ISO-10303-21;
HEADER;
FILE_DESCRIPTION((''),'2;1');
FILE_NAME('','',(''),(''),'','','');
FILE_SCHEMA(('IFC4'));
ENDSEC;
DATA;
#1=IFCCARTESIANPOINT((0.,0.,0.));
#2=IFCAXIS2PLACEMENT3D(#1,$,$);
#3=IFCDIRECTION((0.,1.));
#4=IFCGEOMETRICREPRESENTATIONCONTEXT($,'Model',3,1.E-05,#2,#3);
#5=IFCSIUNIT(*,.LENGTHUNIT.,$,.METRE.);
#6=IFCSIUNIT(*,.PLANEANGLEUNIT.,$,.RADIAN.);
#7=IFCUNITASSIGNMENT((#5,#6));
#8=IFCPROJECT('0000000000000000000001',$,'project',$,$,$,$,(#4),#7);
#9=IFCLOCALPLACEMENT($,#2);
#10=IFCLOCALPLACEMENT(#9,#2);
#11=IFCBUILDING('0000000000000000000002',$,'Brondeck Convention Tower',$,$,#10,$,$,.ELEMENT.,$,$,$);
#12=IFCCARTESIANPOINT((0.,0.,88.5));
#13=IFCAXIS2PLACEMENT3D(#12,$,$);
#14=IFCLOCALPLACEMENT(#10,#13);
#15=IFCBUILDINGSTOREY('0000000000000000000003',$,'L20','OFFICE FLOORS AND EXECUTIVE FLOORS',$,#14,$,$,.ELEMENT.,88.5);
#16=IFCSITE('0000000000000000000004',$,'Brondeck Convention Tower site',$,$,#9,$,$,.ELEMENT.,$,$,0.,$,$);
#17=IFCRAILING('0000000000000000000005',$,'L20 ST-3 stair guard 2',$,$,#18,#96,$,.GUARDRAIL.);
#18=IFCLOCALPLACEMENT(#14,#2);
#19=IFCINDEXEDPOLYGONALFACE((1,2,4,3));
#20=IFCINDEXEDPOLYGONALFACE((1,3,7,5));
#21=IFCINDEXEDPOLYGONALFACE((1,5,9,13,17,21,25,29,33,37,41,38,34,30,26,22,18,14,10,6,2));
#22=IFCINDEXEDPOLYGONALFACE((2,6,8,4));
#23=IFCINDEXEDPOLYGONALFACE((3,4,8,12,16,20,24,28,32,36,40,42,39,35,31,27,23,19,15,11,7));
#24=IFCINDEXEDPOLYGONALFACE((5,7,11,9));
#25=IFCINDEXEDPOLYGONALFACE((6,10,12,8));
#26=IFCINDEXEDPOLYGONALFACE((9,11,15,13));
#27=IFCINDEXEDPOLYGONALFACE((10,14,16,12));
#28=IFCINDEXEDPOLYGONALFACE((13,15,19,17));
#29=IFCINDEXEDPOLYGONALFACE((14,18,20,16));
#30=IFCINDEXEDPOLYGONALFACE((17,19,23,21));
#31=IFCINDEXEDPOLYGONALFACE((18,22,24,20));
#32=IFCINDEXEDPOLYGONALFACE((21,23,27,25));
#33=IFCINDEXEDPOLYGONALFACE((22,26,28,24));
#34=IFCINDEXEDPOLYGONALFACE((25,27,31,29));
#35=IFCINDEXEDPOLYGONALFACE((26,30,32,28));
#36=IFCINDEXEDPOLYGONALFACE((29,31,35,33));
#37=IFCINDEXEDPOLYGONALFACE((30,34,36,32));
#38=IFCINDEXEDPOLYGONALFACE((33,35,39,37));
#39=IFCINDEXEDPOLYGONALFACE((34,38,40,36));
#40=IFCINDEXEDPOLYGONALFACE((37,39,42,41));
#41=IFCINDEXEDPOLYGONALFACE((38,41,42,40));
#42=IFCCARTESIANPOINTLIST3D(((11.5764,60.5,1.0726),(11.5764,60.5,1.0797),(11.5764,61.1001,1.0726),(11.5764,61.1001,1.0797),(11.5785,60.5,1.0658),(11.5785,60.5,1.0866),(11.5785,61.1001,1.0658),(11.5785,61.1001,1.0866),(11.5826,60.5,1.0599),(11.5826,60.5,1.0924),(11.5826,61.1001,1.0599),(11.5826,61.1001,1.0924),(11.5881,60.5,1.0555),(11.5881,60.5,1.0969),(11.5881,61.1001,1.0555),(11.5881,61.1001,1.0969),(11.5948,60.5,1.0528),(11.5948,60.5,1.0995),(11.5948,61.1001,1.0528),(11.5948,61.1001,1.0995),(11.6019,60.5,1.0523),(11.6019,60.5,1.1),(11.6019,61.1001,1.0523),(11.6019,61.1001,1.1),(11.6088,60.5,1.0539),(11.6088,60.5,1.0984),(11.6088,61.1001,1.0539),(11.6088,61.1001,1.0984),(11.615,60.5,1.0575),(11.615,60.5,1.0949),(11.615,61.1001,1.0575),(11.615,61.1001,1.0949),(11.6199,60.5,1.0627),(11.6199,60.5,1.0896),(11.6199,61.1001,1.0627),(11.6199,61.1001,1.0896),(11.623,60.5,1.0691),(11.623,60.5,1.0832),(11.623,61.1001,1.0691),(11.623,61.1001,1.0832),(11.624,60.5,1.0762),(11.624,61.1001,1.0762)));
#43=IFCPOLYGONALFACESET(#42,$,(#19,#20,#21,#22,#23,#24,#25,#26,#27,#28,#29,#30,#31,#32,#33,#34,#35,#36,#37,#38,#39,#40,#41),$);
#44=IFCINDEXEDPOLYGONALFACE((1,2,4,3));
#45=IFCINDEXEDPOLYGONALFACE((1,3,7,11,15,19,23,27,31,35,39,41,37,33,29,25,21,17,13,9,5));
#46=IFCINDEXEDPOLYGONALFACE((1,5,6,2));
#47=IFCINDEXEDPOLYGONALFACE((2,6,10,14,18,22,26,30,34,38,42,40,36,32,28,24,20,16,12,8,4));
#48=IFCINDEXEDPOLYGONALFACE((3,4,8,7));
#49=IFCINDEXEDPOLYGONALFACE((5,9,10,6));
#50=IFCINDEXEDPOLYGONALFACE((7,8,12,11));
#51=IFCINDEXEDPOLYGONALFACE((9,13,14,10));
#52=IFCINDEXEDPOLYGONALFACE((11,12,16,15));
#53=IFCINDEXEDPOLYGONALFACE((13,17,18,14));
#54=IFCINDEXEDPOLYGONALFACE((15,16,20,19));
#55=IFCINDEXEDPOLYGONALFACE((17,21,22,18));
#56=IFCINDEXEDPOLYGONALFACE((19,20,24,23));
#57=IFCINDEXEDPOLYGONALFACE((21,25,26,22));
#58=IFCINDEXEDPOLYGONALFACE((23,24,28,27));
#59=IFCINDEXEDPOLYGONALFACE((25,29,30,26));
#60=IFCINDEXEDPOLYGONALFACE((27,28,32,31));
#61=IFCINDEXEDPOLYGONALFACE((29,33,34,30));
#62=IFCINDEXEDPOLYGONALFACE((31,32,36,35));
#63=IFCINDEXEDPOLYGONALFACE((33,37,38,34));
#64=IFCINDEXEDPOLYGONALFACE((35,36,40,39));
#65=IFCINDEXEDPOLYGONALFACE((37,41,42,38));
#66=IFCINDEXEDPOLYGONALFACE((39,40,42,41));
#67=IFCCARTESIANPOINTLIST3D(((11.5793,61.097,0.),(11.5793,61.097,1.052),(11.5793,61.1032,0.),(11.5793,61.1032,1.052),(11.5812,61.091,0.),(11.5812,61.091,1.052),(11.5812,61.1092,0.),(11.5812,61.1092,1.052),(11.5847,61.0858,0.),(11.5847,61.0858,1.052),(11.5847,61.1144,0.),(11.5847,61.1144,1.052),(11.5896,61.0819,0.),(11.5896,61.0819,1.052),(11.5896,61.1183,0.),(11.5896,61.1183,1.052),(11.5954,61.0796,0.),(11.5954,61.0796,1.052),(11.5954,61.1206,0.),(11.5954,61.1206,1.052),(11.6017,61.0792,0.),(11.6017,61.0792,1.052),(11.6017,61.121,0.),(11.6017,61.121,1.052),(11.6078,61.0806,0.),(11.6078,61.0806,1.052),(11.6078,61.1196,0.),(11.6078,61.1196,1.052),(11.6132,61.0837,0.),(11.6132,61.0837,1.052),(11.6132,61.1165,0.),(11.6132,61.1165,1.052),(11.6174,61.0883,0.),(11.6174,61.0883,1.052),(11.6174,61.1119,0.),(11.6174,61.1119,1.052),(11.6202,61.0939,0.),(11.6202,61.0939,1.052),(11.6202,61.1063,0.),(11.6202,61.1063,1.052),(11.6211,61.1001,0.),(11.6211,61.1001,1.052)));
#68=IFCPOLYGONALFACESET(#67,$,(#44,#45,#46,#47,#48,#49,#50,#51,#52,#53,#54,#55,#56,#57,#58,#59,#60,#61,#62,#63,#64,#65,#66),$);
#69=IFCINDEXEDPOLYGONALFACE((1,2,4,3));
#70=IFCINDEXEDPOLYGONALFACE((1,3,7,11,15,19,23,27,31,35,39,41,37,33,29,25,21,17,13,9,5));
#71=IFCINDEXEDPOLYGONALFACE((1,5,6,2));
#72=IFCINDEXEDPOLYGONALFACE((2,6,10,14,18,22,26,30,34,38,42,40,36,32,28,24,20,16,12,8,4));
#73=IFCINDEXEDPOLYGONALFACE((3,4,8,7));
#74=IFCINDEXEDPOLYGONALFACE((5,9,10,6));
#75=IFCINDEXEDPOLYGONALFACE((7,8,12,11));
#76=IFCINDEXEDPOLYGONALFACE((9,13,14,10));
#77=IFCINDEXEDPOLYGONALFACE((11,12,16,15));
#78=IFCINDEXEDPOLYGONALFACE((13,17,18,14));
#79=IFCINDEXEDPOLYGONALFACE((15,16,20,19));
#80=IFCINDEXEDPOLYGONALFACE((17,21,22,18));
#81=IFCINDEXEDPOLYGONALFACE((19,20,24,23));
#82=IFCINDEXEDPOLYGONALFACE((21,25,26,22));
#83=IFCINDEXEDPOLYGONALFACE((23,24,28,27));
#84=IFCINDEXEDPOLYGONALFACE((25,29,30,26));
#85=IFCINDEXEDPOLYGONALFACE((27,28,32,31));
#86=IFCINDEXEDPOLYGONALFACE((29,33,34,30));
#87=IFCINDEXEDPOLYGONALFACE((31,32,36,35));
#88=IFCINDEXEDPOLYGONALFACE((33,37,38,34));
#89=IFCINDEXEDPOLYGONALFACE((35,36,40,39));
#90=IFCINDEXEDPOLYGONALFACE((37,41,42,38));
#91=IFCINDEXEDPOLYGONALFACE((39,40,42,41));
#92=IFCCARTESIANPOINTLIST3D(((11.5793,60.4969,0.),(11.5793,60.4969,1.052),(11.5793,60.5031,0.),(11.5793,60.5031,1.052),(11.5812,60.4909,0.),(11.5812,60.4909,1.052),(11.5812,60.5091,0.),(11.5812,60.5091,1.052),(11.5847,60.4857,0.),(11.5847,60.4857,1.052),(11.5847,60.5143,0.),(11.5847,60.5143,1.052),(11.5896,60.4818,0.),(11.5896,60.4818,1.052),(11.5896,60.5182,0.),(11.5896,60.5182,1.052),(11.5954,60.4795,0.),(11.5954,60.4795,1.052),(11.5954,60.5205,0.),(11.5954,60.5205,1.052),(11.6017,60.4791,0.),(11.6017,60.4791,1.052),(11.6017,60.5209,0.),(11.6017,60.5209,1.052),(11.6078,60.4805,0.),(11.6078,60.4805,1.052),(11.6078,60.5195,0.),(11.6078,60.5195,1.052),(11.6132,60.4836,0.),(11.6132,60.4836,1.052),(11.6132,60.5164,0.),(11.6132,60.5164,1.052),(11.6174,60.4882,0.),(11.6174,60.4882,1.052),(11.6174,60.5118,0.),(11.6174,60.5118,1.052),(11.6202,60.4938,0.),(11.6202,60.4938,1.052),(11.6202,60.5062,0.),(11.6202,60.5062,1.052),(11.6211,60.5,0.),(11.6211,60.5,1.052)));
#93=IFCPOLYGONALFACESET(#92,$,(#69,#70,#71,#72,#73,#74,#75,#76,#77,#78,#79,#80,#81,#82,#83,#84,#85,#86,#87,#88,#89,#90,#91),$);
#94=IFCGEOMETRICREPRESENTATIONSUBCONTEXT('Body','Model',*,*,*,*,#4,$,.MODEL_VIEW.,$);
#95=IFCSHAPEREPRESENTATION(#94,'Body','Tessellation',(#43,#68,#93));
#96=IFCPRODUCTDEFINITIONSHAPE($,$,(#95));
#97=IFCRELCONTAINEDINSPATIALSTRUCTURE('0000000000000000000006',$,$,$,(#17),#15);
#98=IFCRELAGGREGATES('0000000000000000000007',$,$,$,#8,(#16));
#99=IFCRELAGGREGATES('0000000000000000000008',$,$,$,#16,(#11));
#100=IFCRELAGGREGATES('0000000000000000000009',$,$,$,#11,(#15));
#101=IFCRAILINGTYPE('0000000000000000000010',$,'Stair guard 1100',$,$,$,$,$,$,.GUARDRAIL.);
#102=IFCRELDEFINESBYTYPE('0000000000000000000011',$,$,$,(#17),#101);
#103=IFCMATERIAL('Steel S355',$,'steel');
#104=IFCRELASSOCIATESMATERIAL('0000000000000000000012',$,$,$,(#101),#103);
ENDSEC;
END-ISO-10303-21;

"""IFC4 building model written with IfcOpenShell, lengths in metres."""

from ifc_helpers import new_model, si_unit, direction, frame, origin, origin_2d, place, context, subcontext, project, spatial, circle, extrude, material, type_object, element, save


model = new_model("IFC4")

# Units and contexts
model_context = context("Model", 3, precision=1e-05, world=origin(), true_north=direction((0.0, 1.0)))
body_context = subcontext(model_context, "Body", "Model", "MODEL_VIEW")
ifc_project = project(units=[si_unit("LENGTHUNIT", "METRE"), si_unit("PLANEANGLEUNIT", "RADIAN")], contexts=[model_context])

# Site, building, storey
site_placement = place(None, origin())
site = spatial("IfcSite", under=ifc_project, at=site_placement, Name="Brondeck Convention Tower site", CompositionType="ELEMENT", RefElevation=0.0)
building_placement = place(site_placement, origin())
building = spatial("IfcBuilding", under=site, at=building_placement, Name="Brondeck Convention Tower", CompositionType="ELEMENT")
storey_placement = place(building_placement, frame((0.0, 0.0, 88.5)))
storey = spatial("IfcBuildingStorey", under=building, at=storey_placement, Name="L20", Description="OFFICE FLOORS AND EXECUTIVE FLOORS", CompositionType="ELEMENT", Elevation=88.5)

# Railing
ifc_material_1 = material(Name="Steel S355", Category="steel")
railing_type_1 = type_object("IfcRailingType", Name="Stair guard 1100", PredefinedType="GUARDRAIL", material=ifc_material_1)
railing_1_placement = place(storey_placement, frame((11.6001, 61.1001, 0.0)))
element("IfcRailing", 1, at=railing_1_placement, inside=storey, type_object=railing_type_1, Name="L20 ST-3 stair guard 2", PredefinedType="GUARDRAIL", context=body_context, shape_type="SweptSolid", body=[
    extrude(circle(Radius=0.0239, at=origin_2d()), frame((0.0, 0.0, 1.0762), z_axis=(0.0, -1.0, 0.0), x_axis=(1.0, 0.0, 0.0)), (0.0, 0.0, 1.0), 0.6001),
    extrude(circle(Radius=0.021, at=origin_2d()), origin(), (0.0, 0.0, 1.0), 1.052),
    extrude(circle(Radius=0.021, at=origin_2d()), frame((0.0, -0.6001, 0.0)), (0.0, 0.0, 1.0), 1.052),
])

save(model, "model.ifc")
